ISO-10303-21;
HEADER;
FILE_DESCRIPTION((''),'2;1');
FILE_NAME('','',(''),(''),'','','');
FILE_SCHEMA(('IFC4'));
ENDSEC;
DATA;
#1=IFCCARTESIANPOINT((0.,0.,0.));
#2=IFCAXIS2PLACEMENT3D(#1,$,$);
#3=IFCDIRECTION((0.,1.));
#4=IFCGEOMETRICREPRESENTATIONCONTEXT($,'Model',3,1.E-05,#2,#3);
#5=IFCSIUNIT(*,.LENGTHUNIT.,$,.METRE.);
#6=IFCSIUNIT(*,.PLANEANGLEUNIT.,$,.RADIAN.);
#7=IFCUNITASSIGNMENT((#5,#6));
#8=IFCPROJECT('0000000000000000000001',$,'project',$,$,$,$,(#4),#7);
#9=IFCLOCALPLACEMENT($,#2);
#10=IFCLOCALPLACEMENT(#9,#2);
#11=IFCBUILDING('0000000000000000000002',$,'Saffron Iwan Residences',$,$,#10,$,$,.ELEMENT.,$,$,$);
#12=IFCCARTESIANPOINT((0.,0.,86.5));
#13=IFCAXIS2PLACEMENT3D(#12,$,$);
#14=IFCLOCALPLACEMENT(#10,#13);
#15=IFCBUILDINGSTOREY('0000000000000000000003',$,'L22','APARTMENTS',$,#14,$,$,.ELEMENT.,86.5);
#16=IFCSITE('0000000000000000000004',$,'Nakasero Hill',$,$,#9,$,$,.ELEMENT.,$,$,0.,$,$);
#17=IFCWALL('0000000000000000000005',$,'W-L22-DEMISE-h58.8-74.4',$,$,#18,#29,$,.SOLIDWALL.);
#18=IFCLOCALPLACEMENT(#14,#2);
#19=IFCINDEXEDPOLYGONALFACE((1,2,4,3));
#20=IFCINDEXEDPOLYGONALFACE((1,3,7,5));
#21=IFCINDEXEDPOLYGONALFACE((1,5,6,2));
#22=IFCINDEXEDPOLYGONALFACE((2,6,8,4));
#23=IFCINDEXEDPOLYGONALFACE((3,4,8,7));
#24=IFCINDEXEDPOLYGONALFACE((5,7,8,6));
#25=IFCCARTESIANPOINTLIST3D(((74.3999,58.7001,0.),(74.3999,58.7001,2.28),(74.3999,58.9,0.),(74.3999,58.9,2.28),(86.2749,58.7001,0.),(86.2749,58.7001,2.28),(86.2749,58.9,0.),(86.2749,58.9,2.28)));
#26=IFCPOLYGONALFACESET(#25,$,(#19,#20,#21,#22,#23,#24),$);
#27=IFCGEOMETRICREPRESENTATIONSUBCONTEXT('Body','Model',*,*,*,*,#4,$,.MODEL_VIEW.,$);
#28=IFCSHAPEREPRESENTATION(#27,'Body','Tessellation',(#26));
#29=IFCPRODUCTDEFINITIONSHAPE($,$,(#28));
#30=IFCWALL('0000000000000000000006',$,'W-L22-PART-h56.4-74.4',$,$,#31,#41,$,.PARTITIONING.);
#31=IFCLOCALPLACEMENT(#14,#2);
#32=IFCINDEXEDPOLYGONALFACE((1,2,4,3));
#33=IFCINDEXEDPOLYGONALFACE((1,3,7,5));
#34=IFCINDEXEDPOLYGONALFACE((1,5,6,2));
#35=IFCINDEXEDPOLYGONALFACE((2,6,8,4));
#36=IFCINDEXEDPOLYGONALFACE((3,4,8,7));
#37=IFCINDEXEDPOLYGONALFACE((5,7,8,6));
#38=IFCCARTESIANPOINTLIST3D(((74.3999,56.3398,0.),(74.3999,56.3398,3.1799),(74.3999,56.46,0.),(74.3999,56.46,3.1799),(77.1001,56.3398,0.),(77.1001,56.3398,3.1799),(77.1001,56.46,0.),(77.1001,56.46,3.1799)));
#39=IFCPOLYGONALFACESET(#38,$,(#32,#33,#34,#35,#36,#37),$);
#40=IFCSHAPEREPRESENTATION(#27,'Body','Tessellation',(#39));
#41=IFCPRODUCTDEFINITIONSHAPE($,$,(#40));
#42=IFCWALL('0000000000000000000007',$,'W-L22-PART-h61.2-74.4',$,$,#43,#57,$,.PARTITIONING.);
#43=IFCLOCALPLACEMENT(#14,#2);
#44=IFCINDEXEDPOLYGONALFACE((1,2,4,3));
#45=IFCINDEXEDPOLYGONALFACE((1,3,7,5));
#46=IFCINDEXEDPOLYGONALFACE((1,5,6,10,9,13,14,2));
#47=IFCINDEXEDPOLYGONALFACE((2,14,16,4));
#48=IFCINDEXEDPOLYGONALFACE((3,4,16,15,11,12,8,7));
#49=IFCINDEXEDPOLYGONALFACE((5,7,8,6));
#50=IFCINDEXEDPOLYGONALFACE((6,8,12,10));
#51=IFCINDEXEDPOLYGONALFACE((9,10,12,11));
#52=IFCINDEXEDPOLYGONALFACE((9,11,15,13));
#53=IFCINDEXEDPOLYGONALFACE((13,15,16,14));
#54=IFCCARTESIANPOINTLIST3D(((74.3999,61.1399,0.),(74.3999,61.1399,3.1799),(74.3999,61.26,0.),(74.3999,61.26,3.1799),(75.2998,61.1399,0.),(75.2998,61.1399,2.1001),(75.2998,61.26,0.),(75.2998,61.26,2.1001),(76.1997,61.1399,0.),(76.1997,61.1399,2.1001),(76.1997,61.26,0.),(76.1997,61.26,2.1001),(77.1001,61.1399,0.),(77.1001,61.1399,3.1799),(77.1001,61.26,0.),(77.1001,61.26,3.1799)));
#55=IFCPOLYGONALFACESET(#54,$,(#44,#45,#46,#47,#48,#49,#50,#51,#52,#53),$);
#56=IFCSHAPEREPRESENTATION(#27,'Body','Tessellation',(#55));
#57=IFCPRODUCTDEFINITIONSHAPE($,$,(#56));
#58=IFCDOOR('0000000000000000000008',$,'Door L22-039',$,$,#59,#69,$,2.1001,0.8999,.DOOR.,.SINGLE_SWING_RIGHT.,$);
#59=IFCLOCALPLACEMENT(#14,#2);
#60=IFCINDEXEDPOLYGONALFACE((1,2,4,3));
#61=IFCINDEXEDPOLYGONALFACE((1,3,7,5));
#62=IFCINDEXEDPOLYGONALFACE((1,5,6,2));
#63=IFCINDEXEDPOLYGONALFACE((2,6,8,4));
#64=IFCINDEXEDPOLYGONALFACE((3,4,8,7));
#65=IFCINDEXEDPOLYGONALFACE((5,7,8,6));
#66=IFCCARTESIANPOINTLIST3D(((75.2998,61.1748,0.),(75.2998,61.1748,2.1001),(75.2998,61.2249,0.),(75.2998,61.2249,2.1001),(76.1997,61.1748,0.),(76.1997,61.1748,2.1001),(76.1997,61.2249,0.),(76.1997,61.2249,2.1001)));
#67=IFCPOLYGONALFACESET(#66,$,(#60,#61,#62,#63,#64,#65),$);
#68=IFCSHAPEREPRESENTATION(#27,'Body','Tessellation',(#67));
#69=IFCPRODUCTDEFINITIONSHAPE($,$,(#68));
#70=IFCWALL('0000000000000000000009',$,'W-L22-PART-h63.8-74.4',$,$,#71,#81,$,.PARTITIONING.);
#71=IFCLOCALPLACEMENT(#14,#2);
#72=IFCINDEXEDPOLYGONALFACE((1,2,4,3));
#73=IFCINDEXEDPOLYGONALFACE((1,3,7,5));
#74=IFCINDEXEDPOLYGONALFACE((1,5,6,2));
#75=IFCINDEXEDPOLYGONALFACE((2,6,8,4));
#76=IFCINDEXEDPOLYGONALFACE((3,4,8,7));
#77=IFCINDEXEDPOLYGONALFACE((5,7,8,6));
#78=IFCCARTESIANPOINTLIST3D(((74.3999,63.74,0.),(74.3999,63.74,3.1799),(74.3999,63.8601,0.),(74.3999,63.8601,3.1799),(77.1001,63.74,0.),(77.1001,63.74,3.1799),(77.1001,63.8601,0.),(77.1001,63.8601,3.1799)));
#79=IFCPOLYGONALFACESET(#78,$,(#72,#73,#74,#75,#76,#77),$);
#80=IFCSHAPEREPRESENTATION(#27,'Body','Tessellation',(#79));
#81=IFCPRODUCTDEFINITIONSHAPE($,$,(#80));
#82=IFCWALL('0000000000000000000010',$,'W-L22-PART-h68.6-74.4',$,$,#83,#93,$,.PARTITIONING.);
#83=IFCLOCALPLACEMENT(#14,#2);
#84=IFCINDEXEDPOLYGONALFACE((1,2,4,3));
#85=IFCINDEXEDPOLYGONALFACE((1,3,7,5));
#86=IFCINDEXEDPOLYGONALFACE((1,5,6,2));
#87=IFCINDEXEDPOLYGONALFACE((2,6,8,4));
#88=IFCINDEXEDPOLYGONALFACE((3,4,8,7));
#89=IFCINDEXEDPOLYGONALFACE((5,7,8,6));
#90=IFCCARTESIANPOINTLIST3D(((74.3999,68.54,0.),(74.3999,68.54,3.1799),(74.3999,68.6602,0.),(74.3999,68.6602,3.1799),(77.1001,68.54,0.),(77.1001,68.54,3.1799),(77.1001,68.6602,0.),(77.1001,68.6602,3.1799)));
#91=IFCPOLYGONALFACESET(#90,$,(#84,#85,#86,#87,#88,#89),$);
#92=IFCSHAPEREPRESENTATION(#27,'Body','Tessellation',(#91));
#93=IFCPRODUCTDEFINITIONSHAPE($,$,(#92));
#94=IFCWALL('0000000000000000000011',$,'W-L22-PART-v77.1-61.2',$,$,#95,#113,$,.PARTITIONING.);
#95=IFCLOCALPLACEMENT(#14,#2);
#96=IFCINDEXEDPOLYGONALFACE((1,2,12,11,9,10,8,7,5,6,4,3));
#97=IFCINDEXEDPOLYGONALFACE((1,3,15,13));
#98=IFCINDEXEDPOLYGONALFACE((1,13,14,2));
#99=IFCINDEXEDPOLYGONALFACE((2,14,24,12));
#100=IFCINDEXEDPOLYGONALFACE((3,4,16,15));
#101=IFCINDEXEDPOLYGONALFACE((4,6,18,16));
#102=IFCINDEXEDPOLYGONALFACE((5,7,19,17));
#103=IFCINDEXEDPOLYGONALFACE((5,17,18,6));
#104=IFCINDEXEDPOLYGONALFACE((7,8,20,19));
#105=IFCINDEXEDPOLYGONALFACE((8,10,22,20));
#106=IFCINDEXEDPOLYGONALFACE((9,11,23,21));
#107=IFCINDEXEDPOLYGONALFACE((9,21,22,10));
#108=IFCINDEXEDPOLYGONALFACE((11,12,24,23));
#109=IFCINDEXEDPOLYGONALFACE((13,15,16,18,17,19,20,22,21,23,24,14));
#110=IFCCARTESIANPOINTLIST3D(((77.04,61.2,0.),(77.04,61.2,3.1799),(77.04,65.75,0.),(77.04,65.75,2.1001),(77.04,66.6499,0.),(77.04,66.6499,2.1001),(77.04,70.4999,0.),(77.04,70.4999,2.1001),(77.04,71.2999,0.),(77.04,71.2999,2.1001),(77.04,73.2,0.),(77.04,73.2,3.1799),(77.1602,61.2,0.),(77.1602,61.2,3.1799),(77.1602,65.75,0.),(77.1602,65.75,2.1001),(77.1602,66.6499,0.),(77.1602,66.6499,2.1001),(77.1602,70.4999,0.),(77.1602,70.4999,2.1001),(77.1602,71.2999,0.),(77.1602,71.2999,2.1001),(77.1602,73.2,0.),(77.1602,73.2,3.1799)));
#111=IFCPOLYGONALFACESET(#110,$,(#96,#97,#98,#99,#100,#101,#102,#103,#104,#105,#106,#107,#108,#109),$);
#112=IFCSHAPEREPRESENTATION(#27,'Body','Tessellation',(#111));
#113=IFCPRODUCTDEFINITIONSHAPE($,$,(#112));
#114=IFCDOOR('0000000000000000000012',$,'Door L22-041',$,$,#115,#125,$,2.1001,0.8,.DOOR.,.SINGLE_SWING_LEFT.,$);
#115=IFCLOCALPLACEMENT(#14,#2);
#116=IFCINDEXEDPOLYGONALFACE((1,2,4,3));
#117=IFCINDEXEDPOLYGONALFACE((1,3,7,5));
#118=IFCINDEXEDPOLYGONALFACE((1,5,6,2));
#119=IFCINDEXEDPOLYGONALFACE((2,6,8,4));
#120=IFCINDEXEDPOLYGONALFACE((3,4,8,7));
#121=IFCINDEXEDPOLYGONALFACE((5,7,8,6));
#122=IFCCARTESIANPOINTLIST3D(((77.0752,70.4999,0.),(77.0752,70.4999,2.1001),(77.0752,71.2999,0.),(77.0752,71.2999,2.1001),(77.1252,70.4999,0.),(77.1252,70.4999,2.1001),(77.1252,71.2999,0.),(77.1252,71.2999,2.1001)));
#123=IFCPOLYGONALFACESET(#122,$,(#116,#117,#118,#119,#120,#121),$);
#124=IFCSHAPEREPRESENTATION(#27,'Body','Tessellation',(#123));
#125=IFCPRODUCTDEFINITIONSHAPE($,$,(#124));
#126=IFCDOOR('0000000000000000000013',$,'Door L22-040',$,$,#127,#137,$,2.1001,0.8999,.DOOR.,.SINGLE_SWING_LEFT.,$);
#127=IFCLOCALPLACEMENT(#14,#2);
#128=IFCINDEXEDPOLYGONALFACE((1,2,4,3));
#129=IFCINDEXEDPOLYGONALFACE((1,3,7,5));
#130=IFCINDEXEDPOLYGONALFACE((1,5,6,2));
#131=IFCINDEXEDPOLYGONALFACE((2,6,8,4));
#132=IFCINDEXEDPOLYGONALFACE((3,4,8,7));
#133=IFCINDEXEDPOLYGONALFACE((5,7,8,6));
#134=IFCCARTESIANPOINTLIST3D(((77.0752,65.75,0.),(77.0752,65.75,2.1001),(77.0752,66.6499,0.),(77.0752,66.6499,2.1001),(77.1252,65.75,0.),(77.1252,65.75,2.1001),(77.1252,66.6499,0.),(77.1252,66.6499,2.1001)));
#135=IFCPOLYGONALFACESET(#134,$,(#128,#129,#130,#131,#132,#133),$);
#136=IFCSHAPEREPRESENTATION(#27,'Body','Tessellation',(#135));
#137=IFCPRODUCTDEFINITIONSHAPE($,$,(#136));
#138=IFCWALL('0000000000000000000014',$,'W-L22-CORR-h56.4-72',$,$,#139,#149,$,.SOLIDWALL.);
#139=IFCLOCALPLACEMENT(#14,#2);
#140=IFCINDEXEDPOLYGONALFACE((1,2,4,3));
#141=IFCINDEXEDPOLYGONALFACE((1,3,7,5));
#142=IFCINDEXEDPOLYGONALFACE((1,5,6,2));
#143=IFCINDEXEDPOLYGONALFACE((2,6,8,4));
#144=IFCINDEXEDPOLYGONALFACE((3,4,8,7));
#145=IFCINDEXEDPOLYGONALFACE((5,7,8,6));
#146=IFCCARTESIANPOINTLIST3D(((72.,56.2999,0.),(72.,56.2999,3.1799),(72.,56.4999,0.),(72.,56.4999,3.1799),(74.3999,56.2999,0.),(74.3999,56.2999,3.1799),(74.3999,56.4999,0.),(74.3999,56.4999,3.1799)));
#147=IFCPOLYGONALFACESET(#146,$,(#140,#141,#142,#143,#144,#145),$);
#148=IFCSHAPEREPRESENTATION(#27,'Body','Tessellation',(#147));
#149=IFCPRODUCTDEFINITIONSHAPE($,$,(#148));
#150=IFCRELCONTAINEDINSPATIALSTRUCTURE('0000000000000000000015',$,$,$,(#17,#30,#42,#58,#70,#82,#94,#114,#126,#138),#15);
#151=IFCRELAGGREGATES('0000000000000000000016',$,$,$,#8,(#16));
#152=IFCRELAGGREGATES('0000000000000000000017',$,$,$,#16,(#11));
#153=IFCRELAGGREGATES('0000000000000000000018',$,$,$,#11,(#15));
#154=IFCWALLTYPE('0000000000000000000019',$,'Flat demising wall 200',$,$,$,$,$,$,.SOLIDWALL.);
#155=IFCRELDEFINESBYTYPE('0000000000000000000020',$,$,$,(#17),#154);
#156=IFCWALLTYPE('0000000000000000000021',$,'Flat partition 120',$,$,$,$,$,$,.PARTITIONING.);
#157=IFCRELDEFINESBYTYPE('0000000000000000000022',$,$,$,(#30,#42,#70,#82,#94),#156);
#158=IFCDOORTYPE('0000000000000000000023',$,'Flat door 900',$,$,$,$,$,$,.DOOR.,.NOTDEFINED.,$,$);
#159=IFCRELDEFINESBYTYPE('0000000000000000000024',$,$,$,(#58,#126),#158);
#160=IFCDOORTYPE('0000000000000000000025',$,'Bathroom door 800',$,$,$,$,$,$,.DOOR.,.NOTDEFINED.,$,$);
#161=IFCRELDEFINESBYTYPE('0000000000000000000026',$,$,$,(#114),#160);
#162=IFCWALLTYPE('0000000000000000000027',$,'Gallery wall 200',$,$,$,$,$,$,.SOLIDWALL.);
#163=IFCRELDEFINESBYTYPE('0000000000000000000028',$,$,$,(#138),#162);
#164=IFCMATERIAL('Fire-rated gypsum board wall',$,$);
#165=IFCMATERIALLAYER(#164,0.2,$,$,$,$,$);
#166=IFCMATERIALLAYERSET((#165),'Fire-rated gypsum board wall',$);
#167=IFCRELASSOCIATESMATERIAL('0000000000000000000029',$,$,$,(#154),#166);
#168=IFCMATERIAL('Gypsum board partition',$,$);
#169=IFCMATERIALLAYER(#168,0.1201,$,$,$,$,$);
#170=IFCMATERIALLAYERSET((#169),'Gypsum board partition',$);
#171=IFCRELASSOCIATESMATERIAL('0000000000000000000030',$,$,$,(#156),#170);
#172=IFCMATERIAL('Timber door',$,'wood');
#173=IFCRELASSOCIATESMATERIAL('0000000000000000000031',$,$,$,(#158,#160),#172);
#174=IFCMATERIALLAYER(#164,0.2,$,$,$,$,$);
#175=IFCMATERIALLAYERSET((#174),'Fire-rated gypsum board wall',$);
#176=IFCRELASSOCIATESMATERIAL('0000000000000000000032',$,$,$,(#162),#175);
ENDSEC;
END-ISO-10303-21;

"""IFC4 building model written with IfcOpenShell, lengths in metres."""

from ifc_helpers import new_model, si_unit, direction, frame, frame_2d, origin, place, context, subcontext, project, spatial, rectangle, extrude, material, layer, layer_set, type_object, element, fill, save


model = new_model("IFC4")

# Units and contexts
model_context = context("Model", 3, precision=1e-05, world=origin(), true_north=direction((0.0, 1.0)))
body_context = subcontext(model_context, "Body", "Model", "MODEL_VIEW")
ifc_project = project(units=[si_unit("LENGTHUNIT", "METRE"), si_unit("PLANEANGLEUNIT", "RADIAN")], contexts=[model_context])

# Site, building, storey
site_placement = place(None, origin())
site = spatial("IfcSite", under=ifc_project, at=site_placement, Name="Nakasero Hill", CompositionType="ELEMENT", RefElevation=0.0)
building_placement = place(site_placement, origin())
building = spatial("IfcBuilding", under=site, at=building_placement, Name="Saffron Iwan Residences", CompositionType="ELEMENT")
storey_placement = place(building_placement, frame((0.0, 0.0, 86.5)))
storey = spatial("IfcBuildingStorey", under=building, at=storey_placement, Name="L22", Description="APARTMENTS", CompositionType="ELEMENT", Elevation=86.5)

# Walls
ifc_material_1 = material(Name="Fire-rated gypsum board wall")
ifc_layer_1 = layer(ifc_material_1, 0.2)
ifc_layer_set_1 = layer_set([ifc_layer_1], Name="Fire-rated gypsum board wall")
wall_type_1 = type_object("IfcWallType", Name="Flat demising wall 200", PredefinedType="SOLIDWALL", material=ifc_layer_set_1)
wall_1_placement = place(storey_placement, frame((74.3999, 58.8, 0.0), z_axis=(0.0, 0.0, 1.0), x_axis=(1.0, 0.0, 0.0)))
element("IfcWall", 1, at=wall_1_placement, inside=storey, type_object=wall_type_1, Name="W-L22-DEMISE-h58.8-74.4", PredefinedType="SOLIDWALL", context=body_context, shape_type="SweptSolid", body=[
    extrude(rectangle(XDim=11.875, YDim=0.2, at=frame_2d((5.9375, 0.0))), origin(), (0.0, 0.0, 1.0), 2.28),
])
ifc_material_2 = material(Name="Gypsum board partition")
ifc_layer_2 = layer(ifc_material_2, 0.1201)
ifc_layer_set_2 = layer_set([ifc_layer_2], Name="Gypsum board partition")
wall_type_2 = type_object("IfcWallType", Name="Flat partition 120", PredefinedType="PARTITIONING", material=ifc_layer_set_2)
wall_2_placement = place(storey_placement, frame((74.3999, 56.3999, 0.0), z_axis=(0.0, 0.0, 1.0), x_axis=(1.0, 0.0, 0.0)))
element("IfcWall", 2, at=wall_2_placement, inside=storey, type_object=wall_type_2, Name="W-L22-PART-h56.4-74.4", PredefinedType="PARTITIONING", context=body_context, shape_type="SweptSolid", body=[
    extrude(rectangle(XDim=2.7002, YDim=0.1201, at=frame_2d((1.3501, 0.0))), origin(), (0.0, 0.0, 1.0), 3.1799),
])

# Wall, opening, door
wall_3_placement = place(storey_placement, frame((74.3999, 61.2, 0.0), z_axis=(0.0, 0.0, 1.0), x_axis=(1.0, 0.0, 0.0)))
wall_3 = element("IfcWall", 3, at=wall_3_placement, inside=storey, type_object=wall_type_2, Name="W-L22-PART-h61.2-74.4", PredefinedType="PARTITIONING", context=body_context, shape_type="SweptSolid", body=[
    extrude(rectangle(XDim=2.7002, YDim=0.1201, at=frame_2d((1.3501, 0.0))), origin(), (0.0, 0.0, 1.0), 3.1799),
])
opening_1_placement = place(wall_3_placement, frame((0.8999, 0.0, 0.0)))
opening_1 = element("IfcOpeningElement", 4, at=opening_1_placement, cuts=wall_3, PredefinedType="OPENING", context=body_context, shape_type="SweptSolid", body=[
    extrude(rectangle(XDim=0.8999, YDim=2.1001, at=frame_2d((0.45, 1.05))), frame((0.0, 0.0701, 0.0), z_axis=(0.0, -1.0, 0.0), x_axis=(1.0, 0.0, 0.0)), (0.0, 0.0, 1.0), 0.1401),
])
ifc_material_3 = material(Name="Timber door", Category="wood")
door_type_1 = type_object("IfcDoorType", Name="Flat door 900", OperationType="NOTDEFINED", PredefinedType="DOOR", material=ifc_material_3)
door_1_placement = place(opening_1_placement, origin())
door_1 = element("IfcDoor", 5, at=door_1_placement, inside=storey, type_object=door_type_1, Name="Door L22-039", OperationType="SINGLE_SWING_RIGHT", OverallHeight=2.1001, OverallWidth=0.8999, PredefinedType="DOOR", context=body_context, shape_type="SweptSolid", body=[
    extrude(rectangle(XDim=0.8999, YDim=2.1001, at=frame_2d((0.45, 1.05))), frame((0.0, 0.0249, 0.0), z_axis=(0.0, -1.0, 0.0), x_axis=(1.0, 0.0, 0.0)), (0.0, 0.0, 1.0), 0.05),
])
fill(opening_1, door_1)

# Walls
for number, where, z_axis, x_axis, name in (
    (6, (74.3999, 63.8, 0.0), (0.0, 0.0, 1.0), (1.0, 0.0, 0.0), "W-L22-PART-h63.8-74.4"),
    (7, (74.3999, 68.6001, 0.0), (0.0, 0.0, 1.0), (1.0, 0.0, 0.0), "W-L22-PART-h68.6-74.4"),
):
    element("IfcWall", number, at=place(storey_placement, frame(where, z_axis=z_axis, x_axis=x_axis)), inside=storey, type_object=wall_type_2, Name=name, PredefinedType="PARTITIONING", context=body_context, shape_type="SweptSolid", body=[
        extrude(rectangle(XDim=2.7002, YDim=0.1201, at=frame_2d((1.3501, 0.0))), origin(), (0.0, 0.0, 1.0), 3.1799),
    ])

# Wall, openings, doors
wall_4_placement = place(storey_placement, frame((77.1001, 61.2, 0.0), z_axis=(0.0, 0.0, 1.0), x_axis=(0.0, 1.0, 0.0)))
wall_4 = element("IfcWall", 8, at=wall_4_placement, inside=storey, type_object=wall_type_2, Name="W-L22-PART-v77.1-61.2", PredefinedType="PARTITIONING", context=body_context, shape_type="SweptSolid", body=[
    extrude(rectangle(XDim=12.0, YDim=0.1201, at=frame_2d((6.0, 0.0))), origin(), (0.0, 0.0, 1.0), 3.1799),
])
opening_2_placement = place(wall_4_placement, frame((4.55, 0.0, 0.0)))
opening_2 = element("IfcOpeningElement", 9, at=opening_2_placement, cuts=wall_4, PredefinedType="OPENING", context=body_context, shape_type="SweptSolid", body=[
    extrude(rectangle(XDim=0.8999, YDim=2.1001, at=frame_2d((0.45, 1.05))), frame((0.0, 0.0701, 0.0), z_axis=(0.0, -1.0, 0.0), x_axis=(1.0, 0.0, 0.0)), (0.0, 0.0, 1.0), 0.1401),
])
opening_3_placement = place(wall_4_placement, frame((9.3, 0.0, 0.0)))
opening_3 = element("IfcOpeningElement", 10, at=opening_3_placement, cuts=wall_4, PredefinedType="OPENING", context=body_context, shape_type="SweptSolid", body=[
    extrude(rectangle(XDim=0.8, YDim=2.1001, at=frame_2d((0.3999, 1.05))), frame((0.0, 0.0701, 0.0), z_axis=(0.0, -1.0, 0.0), x_axis=(1.0, 0.0, 0.0)), (0.0, 0.0, 1.0), 0.1401),
])
door_type_2 = type_object("IfcDoorType", Name="Bathroom door 800", OperationType="NOTDEFINED", PredefinedType="DOOR", material=ifc_material_3)
door_2_placement = place(opening_3_placement, origin())
door_2 = element("IfcDoor", 11, at=door_2_placement, inside=storey, type_object=door_type_2, Name="Door L22-041", OperationType="SINGLE_SWING_LEFT", OverallHeight=2.1001, OverallWidth=0.8, PredefinedType="DOOR", context=body_context, shape_type="SweptSolid", body=[
    extrude(rectangle(XDim=0.8, YDim=2.1001, at=frame_2d((0.3999, 1.05))), frame((0.0, 0.0249, 0.0), z_axis=(0.0, -1.0, 0.0), x_axis=(1.0, 0.0, 0.0)), (0.0, 0.0, 1.0), 0.05),
])
fill(opening_3, door_2)
door_3_placement = place(opening_2_placement, origin())
door_3 = element("IfcDoor", 12, at=door_3_placement, inside=storey, type_object=door_type_1, Name="Door L22-040", OperationType="SINGLE_SWING_LEFT", OverallHeight=2.1001, OverallWidth=0.8999, PredefinedType="DOOR", context=body_context, shape_type="SweptSolid", body=[
    extrude(rectangle(XDim=0.8999, YDim=2.1001, at=frame_2d((0.45, 1.05))), frame((0.0, 0.0249, 0.0), z_axis=(0.0, -1.0, 0.0), x_axis=(1.0, 0.0, 0.0)), (0.0, 0.0, 1.0), 0.05),
])
fill(opening_2, door_3)

# Wall
ifc_layer_3 = layer(ifc_material_1, 0.2)
ifc_layer_set_3 = layer_set([ifc_layer_3], Name="Fire-rated gypsum board wall")
wall_type_3 = type_object("IfcWallType", Name="Gallery wall 200", PredefinedType="SOLIDWALL", material=ifc_layer_set_3)
wall_5_placement = place(storey_placement, frame((72.0, 56.3999, 0.0), z_axis=(0.0, 0.0, 1.0), x_axis=(1.0, 0.0, 0.0)))
element("IfcWall", 13, at=wall_5_placement, inside=storey, type_object=wall_type_3, Name="W-L22-CORR-h56.4-72", PredefinedType="SOLIDWALL", context=body_context, shape_type="SweptSolid", body=[
    extrude(rectangle(XDim=2.3999, YDim=0.2, at=frame_2d((1.2, 0.0))), origin(), (0.0, 0.0, 1.0), 3.1799),
])

save(model, "model.ifc")
